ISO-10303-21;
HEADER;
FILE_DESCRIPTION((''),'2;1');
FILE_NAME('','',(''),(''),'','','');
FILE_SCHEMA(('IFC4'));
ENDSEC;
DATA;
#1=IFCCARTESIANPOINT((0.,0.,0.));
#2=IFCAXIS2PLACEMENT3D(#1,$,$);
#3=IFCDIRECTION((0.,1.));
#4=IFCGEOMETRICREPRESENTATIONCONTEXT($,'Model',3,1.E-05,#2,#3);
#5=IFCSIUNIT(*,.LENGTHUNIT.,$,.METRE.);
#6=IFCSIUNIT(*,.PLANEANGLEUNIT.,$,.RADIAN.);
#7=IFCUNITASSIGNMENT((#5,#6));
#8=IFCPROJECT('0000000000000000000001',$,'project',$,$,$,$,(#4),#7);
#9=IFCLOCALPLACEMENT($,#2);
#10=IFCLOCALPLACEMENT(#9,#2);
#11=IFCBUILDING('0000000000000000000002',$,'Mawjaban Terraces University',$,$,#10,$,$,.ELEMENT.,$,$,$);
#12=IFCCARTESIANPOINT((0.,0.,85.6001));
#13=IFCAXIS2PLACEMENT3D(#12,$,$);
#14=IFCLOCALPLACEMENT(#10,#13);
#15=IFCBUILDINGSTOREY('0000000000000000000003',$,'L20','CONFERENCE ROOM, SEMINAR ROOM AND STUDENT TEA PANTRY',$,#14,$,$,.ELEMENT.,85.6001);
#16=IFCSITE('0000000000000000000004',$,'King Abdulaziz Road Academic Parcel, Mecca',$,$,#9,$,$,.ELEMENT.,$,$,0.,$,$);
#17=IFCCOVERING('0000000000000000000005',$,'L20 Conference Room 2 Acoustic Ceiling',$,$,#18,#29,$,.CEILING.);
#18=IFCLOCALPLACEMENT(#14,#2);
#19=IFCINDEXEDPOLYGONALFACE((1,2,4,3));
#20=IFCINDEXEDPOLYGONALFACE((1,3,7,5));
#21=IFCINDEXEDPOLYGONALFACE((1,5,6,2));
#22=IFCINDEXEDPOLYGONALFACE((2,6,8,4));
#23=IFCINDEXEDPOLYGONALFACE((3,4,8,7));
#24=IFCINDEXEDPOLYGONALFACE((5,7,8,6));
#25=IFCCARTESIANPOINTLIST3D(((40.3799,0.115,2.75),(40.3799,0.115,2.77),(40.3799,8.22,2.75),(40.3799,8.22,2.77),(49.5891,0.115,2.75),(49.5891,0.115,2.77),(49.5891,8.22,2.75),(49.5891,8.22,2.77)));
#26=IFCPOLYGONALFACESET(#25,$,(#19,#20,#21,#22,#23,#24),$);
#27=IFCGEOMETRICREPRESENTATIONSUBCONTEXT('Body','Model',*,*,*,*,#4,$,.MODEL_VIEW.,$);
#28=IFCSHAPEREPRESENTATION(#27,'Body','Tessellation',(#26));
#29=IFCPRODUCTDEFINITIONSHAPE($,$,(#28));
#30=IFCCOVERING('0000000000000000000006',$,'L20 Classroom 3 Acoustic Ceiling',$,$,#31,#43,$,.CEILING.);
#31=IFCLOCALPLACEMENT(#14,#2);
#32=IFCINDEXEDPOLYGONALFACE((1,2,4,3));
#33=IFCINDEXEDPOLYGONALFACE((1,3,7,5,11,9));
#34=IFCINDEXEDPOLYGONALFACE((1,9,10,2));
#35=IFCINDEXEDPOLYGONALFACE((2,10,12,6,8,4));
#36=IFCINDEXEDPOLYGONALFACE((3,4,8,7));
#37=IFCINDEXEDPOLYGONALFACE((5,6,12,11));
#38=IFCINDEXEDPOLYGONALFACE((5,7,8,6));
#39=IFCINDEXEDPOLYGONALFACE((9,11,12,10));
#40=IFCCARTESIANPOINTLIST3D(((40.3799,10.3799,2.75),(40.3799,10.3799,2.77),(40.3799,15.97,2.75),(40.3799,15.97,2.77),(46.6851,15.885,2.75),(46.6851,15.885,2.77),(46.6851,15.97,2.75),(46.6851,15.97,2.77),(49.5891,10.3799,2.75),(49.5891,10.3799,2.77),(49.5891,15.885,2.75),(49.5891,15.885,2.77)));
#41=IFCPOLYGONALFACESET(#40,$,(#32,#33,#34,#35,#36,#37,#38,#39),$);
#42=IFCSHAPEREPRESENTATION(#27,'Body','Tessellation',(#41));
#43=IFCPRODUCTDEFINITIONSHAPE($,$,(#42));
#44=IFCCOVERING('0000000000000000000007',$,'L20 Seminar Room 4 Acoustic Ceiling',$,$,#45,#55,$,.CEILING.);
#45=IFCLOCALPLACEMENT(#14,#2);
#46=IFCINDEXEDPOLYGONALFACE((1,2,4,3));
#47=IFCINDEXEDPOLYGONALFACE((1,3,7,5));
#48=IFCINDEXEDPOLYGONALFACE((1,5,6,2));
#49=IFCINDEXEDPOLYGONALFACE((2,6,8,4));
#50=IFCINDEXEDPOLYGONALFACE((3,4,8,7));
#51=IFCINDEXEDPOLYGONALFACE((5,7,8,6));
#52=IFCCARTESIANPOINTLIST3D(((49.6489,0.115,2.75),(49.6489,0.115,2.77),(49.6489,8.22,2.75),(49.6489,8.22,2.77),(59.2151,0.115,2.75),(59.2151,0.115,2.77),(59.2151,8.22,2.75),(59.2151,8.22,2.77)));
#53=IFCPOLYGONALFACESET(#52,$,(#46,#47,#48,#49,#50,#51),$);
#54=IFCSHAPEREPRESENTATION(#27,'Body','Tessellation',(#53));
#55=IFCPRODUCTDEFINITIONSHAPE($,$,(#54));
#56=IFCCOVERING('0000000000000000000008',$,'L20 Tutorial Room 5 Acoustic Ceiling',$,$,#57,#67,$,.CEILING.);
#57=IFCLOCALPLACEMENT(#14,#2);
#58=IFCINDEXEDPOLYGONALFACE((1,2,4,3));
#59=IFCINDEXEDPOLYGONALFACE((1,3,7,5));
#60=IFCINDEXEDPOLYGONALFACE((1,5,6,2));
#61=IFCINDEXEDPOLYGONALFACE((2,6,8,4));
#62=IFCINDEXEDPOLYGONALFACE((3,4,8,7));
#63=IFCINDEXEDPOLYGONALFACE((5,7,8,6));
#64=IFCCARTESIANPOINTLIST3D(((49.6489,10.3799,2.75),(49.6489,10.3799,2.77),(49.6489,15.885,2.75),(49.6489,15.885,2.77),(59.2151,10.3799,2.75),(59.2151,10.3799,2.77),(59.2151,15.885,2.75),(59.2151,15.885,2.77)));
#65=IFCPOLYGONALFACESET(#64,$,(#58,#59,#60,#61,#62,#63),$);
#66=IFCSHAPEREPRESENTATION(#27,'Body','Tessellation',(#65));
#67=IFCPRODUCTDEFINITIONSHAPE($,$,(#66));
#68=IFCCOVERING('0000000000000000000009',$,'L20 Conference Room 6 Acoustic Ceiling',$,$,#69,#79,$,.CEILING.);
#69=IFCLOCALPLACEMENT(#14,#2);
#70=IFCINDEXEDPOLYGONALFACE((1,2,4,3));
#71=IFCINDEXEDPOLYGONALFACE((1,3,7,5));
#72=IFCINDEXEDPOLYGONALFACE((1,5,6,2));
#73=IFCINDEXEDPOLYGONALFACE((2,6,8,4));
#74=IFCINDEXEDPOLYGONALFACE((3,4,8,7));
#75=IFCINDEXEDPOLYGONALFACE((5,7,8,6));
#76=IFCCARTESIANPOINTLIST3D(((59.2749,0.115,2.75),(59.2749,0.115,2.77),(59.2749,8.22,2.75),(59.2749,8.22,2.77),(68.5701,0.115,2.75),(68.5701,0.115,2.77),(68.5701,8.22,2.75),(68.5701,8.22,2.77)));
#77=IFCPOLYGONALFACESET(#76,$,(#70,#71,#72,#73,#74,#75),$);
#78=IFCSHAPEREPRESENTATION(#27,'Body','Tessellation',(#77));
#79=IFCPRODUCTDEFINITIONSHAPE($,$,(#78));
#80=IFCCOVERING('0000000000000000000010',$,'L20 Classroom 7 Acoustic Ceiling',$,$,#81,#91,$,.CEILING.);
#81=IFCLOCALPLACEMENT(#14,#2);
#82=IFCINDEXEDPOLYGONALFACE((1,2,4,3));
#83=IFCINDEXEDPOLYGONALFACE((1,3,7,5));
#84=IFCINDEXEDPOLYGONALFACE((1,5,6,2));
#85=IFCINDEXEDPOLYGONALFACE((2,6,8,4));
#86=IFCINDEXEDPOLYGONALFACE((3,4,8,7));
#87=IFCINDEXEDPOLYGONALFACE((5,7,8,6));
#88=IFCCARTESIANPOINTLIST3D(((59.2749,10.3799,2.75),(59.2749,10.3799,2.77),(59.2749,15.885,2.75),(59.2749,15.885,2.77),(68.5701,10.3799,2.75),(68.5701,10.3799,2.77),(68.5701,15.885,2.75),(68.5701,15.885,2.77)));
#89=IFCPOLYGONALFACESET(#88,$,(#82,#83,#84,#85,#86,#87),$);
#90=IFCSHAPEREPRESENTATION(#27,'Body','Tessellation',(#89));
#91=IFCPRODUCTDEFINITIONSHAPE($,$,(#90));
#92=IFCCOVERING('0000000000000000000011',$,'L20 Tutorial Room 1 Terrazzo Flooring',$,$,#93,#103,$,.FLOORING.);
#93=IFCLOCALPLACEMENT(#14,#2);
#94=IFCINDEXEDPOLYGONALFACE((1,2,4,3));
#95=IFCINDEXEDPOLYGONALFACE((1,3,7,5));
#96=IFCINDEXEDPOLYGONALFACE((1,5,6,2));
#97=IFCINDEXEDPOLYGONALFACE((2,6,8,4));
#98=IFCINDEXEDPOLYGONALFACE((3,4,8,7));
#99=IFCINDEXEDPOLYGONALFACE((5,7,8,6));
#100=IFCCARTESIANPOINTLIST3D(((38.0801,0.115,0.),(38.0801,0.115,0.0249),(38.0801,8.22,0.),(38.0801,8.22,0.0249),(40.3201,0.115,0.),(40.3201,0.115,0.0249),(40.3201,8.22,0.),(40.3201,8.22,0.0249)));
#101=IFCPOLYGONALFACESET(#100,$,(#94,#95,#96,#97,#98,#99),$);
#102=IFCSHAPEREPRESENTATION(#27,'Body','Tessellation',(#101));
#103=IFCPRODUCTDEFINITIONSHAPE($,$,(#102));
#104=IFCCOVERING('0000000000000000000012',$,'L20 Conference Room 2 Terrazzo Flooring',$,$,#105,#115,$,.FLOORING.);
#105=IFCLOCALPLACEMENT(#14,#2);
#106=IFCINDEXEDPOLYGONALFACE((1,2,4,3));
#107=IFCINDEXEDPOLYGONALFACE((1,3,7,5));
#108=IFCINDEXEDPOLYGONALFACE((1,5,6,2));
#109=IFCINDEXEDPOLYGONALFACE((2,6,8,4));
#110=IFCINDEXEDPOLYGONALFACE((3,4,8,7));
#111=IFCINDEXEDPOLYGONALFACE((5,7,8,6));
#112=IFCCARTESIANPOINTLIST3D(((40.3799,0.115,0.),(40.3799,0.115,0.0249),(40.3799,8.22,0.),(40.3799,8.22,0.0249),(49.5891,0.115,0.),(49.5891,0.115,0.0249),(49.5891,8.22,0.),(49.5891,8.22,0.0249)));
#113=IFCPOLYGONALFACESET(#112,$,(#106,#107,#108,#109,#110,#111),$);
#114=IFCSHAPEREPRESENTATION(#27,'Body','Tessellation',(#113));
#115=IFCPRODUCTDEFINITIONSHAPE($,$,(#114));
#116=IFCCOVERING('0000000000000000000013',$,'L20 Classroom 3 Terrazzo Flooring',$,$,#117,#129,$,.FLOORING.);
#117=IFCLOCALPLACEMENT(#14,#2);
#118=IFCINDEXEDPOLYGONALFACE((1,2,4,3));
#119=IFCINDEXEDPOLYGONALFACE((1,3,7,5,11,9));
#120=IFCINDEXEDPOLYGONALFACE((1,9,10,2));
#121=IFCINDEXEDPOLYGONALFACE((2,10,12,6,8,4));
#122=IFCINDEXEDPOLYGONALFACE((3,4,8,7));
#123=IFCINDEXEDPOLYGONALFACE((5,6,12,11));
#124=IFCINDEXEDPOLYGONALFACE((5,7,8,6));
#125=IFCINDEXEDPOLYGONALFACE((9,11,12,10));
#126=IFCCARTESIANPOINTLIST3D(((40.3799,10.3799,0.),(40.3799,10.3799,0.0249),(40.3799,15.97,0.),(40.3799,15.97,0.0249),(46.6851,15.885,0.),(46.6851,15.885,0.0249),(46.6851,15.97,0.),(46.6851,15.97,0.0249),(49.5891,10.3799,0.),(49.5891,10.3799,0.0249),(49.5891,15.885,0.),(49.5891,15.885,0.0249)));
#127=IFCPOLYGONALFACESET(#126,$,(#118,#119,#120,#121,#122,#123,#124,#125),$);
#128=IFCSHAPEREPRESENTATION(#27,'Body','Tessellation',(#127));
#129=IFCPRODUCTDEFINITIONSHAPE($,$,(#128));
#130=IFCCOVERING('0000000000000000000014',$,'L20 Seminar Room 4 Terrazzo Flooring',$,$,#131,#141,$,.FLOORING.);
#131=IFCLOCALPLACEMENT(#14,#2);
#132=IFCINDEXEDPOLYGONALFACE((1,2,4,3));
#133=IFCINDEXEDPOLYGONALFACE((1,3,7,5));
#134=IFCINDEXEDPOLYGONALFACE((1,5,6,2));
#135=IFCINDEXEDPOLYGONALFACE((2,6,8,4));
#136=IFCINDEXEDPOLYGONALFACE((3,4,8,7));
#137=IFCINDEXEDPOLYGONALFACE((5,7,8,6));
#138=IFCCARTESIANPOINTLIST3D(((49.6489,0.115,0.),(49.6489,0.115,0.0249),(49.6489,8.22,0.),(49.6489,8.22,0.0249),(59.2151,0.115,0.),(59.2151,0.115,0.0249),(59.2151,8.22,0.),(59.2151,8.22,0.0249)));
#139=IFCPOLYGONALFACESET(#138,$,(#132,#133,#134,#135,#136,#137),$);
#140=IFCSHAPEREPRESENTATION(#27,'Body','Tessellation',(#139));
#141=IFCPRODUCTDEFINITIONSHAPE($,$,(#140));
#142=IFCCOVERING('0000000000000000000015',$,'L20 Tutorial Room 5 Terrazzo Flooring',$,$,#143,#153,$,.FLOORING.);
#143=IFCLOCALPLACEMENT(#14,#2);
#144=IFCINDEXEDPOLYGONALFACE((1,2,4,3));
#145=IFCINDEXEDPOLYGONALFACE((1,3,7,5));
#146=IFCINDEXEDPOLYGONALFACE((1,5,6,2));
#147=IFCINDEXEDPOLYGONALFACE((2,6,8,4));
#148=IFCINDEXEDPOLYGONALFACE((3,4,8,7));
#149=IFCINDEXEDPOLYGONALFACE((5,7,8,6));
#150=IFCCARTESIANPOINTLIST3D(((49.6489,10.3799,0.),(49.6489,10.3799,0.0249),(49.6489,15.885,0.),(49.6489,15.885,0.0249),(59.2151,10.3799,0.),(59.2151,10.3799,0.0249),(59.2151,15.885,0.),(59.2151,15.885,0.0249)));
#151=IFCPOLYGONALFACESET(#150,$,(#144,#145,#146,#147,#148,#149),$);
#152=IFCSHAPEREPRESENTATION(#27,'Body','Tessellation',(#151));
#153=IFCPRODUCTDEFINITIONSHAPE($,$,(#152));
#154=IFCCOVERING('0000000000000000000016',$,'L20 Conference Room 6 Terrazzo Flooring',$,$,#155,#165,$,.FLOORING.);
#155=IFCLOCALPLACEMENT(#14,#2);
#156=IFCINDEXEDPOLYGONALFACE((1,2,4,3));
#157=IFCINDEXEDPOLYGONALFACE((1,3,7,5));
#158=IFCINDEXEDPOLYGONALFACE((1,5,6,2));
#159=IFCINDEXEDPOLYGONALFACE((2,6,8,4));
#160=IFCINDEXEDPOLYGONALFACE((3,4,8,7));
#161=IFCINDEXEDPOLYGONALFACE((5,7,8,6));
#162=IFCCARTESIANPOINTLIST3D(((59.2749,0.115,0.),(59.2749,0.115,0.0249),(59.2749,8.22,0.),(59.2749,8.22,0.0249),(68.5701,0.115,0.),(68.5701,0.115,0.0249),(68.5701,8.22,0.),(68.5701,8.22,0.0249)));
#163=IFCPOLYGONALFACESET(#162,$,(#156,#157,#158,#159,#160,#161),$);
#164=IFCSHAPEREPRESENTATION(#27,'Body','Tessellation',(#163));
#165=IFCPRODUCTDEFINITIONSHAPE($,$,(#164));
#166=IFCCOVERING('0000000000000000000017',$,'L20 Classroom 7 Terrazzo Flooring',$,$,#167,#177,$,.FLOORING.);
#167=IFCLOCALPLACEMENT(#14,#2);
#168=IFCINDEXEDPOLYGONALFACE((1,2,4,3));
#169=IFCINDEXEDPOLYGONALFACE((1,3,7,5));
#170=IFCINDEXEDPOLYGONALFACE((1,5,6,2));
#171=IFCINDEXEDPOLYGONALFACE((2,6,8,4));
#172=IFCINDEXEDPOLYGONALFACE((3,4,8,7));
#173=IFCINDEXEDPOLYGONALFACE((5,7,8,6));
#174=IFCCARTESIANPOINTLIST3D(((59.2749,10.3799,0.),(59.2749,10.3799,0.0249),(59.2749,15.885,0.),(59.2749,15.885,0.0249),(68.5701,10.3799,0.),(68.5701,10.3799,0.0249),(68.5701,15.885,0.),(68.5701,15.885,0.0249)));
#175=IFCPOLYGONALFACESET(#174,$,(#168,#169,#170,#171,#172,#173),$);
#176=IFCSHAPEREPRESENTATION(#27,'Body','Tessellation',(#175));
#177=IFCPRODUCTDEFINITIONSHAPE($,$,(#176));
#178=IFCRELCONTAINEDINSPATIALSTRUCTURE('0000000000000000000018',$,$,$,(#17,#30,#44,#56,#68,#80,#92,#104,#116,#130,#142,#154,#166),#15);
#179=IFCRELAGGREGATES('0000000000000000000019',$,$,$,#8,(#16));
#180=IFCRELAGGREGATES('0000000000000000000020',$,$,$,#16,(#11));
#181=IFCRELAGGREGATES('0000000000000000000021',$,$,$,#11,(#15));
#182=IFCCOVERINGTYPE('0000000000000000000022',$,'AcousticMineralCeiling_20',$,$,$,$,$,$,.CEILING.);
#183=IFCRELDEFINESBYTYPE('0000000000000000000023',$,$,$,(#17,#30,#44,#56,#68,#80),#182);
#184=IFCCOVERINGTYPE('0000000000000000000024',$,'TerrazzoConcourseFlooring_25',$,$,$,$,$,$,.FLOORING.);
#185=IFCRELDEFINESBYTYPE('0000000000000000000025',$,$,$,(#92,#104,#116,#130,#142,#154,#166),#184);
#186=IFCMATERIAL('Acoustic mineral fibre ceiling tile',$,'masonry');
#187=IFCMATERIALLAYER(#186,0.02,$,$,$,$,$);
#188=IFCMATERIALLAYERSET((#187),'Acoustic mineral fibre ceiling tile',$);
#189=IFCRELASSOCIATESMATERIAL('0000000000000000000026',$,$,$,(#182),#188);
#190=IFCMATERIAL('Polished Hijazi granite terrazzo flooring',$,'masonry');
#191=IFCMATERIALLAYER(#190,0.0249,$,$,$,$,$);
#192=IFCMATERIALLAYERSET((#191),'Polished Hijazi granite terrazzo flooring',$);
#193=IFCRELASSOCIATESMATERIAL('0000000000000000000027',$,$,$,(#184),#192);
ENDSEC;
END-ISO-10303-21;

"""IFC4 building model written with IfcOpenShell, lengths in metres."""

from ifc_helpers import new_model, si_unit, direction, frame, origin, place, context, subcontext, project, spatial, polyline, outline, extrude, material, layer, layer_set, type_object, element, save


model = new_model("IFC4")

# Units and contexts
model_context = context("Model", 3, precision=1e-05, world=origin(), true_north=direction((0.0, 1.0)))
body_context = subcontext(model_context, "Body", "Model", "MODEL_VIEW")
ifc_project = project(units=[si_unit("LENGTHUNIT", "METRE"), si_unit("PLANEANGLEUNIT", "RADIAN")], contexts=[model_context])

# Site, building, storey
site_placement = place(None, origin())
site = spatial("IfcSite", under=ifc_project, at=site_placement, Name="King Abdulaziz Road Academic Parcel, Mecca", CompositionType="ELEMENT", RefElevation=0.0)
building_placement = place(site_placement, origin())
building = spatial("IfcBuilding", under=site, at=building_placement, Name="Mawjaban Terraces University", CompositionType="ELEMENT")
storey_placement = place(building_placement, frame((0.0, 0.0, 85.6001)))
storey = spatial("IfcBuildingStorey", under=building, at=storey_placement, Name="L20", Description="CONFERENCE ROOM, SEMINAR ROOM AND STUDENT TEA PANTRY", CompositionType="ELEMENT", Elevation=85.6001)

# Coverings
ifc_material_1 = material(Name="Acoustic mineral fibre ceiling tile", Category="masonry")
ifc_layer_1 = layer(ifc_material_1, 0.02)
ifc_layer_set_1 = layer_set([ifc_layer_1], Name="Acoustic mineral fibre ceiling tile")
covering_type_1 = type_object("IfcCoveringType", Name="AcousticMineralCeiling_20", PredefinedType="CEILING", material=ifc_layer_set_1)
covering_1_placement = place(storey_placement, frame((0.0, 0.0, 2.75)))
element("IfcCovering", 1, at=covering_1_placement, inside=storey, type_object=covering_type_1, Name="L20 Conference Room 2 Acoustic Ceiling", PredefinedType="CEILING", context=body_context, shape_type="SweptSolid", body=[
    extrude(outline(polyline([(40.3799, 0.115), (49.5891, 0.115), (49.5891, 8.22), (40.3799, 8.22), (40.3799, 0.115)])), origin(), (0.0, 0.0, 1.0), 0.02),
])
covering_2_placement = place(storey_placement, frame((0.0, 0.0, 2.75)))
element("IfcCovering", 2, at=covering_2_placement, inside=storey, type_object=covering_type_1, Name="L20 Classroom 3 Acoustic Ceiling", PredefinedType="CEILING", context=body_context, shape_type="SweptSolid", body=[
    extrude(outline(polyline([(49.5891, 15.885), (46.6851, 15.885), (46.6851, 15.97), (40.3799, 15.97), (40.3799, 10.3799), (49.5891, 10.3799), (49.5891, 15.885)])), origin(), (0.0, 0.0, 1.0), 0.02),
])
covering_3_placement = place(storey_placement, frame((0.0, 0.0, 2.75)))
element("IfcCovering", 3, at=covering_3_placement, inside=storey, type_object=covering_type_1, Name="L20 Seminar Room 4 Acoustic Ceiling", PredefinedType="CEILING", context=body_context, shape_type="SweptSolid", body=[
    extrude(outline(polyline([(49.6489, 0.115), (59.2151, 0.115), (59.2151, 8.22), (49.6489, 8.22), (49.6489, 0.115)])), origin(), (0.0, 0.0, 1.0), 0.02),
])
covering_4_placement = place(storey_placement, frame((0.0, 0.0, 2.75)))
element("IfcCovering", 4, at=covering_4_placement, inside=storey, type_object=covering_type_1, Name="L20 Tutorial Room 5 Acoustic Ceiling", PredefinedType="CEILING", context=body_context, shape_type="SweptSolid", body=[
    extrude(outline(polyline([(59.2151, 15.885), (49.6489, 15.885), (49.6489, 10.3799), (59.2151, 10.3799), (59.2151, 15.885)])), origin(), (0.0, 0.0, 1.0), 0.02),
])
covering_5_placement = place(storey_placement, frame((0.0, 0.0, 2.75)))
element("IfcCovering", 5, at=covering_5_placement, inside=storey, type_object=covering_type_1, Name="L20 Conference Room 6 Acoustic Ceiling", PredefinedType="CEILING", context=body_context, shape_type="SweptSolid", body=[
    extrude(outline(polyline([(59.2749, 0.115), (68.5701, 0.115), (68.5701, 8.22), (59.2749, 8.22), (59.2749, 0.115)])), origin(), (0.0, 0.0, 1.0), 0.02),
])
covering_6_placement = place(storey_placement, frame((0.0, 0.0, 2.75)))
element("IfcCovering", 6, at=covering_6_placement, inside=storey, type_object=covering_type_1, Name="L20 Classroom 7 Acoustic Ceiling", PredefinedType="CEILING", context=body_context, shape_type="SweptSolid", body=[
    extrude(outline(polyline([(68.5701, 15.885), (59.2749, 15.885), (59.2749, 10.3799), (68.5701, 10.3799), (68.5701, 15.885)])), origin(), (0.0, 0.0, 1.0), 0.02),
])
ifc_material_2 = material(Name="Polished Hijazi granite terrazzo flooring", Category="masonry")
ifc_layer_2 = layer(ifc_material_2, 0.0249)
ifc_layer_set_2 = layer_set([ifc_layer_2], Name="Polished Hijazi granite terrazzo flooring")
covering_type_2 = type_object("IfcCoveringType", Name="TerrazzoConcourseFlooring_25", PredefinedType="FLOORING", material=ifc_layer_set_2)
covering_7_placement = place(storey_placement, origin())
element("IfcCovering", 7, at=covering_7_placement, inside=storey, type_object=covering_type_2, Name="L20 Tutorial Room 1 Terrazzo Flooring", PredefinedType="FLOORING", context=body_context, shape_type="SweptSolid", body=[
    extrude(outline(polyline([(38.0801, 0.115), (40.3201, 0.115), (40.3201, 8.22), (38.0801, 8.22), (38.0801, 0.115)])), origin(), (0.0, 0.0, 1.0), 0.0249),
])
covering_8_placement = place(storey_placement, origin())
element("IfcCovering", 8, at=covering_8_placement, inside=storey, type_object=covering_type_2, Name="L20 Conference Room 2 Terrazzo Flooring", PredefinedType="FLOORING", context=body_context, shape_type="SweptSolid", body=[
    extrude(outline(polyline([(40.3799, 0.115), (49.5891, 0.115), (49.5891, 8.22), (40.3799, 8.22), (40.3799, 0.115)])), origin(), (0.0, 0.0, 1.0), 0.0249),
])
covering_9_placement = place(storey_placement, origin())
element("IfcCovering", 9, at=covering_9_placement, inside=storey, type_object=covering_type_2, Name="L20 Classroom 3 Terrazzo Flooring", PredefinedType="FLOORING", context=body_context, shape_type="SweptSolid", body=[
    extrude(outline(polyline([(49.5891, 15.885), (46.6851, 15.885), (46.6851, 15.97), (40.3799, 15.97), (40.3799, 10.3799), (49.5891, 10.3799), (49.5891, 15.885)])), origin(), (0.0, 0.0, 1.0), 0.0249),
])
covering_10_placement = place(storey_placement, origin())
element("IfcCovering", 10, at=covering_10_placement, inside=storey, type_object=covering_type_2, Name="L20 Seminar Room 4 Terrazzo Flooring", PredefinedType="FLOORING", context=body_context, shape_type="SweptSolid", body=[
    extrude(outline(polyline([(49.6489, 0.115), (59.2151, 0.115), (59.2151, 8.22), (49.6489, 8.22), (49.6489, 0.115)])), origin(), (0.0, 0.0, 1.0), 0.0249),
])
covering_11_placement = place(storey_placement, origin())
element("IfcCovering", 11, at=covering_11_placement, inside=storey, type_object=covering_type_2, Name="L20 Tutorial Room 5 Terrazzo Flooring", PredefinedType="FLOORING", context=body_context, shape_type="SweptSolid", body=[
    extrude(outline(polyline([(59.2151, 15.885), (49.6489, 15.885), (49.6489, 10.3799), (59.2151, 10.3799), (59.2151, 15.885)])), origin(), (0.0, 0.0, 1.0), 0.0249),
])
covering_12_placement = place(storey_placement, origin())
element("IfcCovering", 12, at=covering_12_placement, inside=storey, type_object=covering_type_2, Name="L20 Conference Room 6 Terrazzo Flooring", PredefinedType="FLOORING", context=body_context, shape_type="SweptSolid", body=[
    extrude(outline(polyline([(59.2749, 0.115), (68.5701, 0.115), (68.5701, 8.22), (59.2749, 8.22), (59.2749, 0.115)])), origin(), (0.0, 0.0, 1.0), 0.0249),
])
covering_13_placement = place(storey_placement, origin())
element("IfcCovering", 13, at=covering_13_placement, inside=storey, type_object=covering_type_2, Name="L20 Classroom 7 Terrazzo Flooring", PredefinedType="FLOORING", context=body_context, shape_type="SweptSolid", body=[
    extrude(outline(polyline([(68.5701, 15.885), (59.2749, 15.885), (59.2749, 10.3799), (68.5701, 10.3799), (68.5701, 15.885)])), origin(), (0.0, 0.0, 1.0), 0.0249),
])

save(model, "model.ifc")
